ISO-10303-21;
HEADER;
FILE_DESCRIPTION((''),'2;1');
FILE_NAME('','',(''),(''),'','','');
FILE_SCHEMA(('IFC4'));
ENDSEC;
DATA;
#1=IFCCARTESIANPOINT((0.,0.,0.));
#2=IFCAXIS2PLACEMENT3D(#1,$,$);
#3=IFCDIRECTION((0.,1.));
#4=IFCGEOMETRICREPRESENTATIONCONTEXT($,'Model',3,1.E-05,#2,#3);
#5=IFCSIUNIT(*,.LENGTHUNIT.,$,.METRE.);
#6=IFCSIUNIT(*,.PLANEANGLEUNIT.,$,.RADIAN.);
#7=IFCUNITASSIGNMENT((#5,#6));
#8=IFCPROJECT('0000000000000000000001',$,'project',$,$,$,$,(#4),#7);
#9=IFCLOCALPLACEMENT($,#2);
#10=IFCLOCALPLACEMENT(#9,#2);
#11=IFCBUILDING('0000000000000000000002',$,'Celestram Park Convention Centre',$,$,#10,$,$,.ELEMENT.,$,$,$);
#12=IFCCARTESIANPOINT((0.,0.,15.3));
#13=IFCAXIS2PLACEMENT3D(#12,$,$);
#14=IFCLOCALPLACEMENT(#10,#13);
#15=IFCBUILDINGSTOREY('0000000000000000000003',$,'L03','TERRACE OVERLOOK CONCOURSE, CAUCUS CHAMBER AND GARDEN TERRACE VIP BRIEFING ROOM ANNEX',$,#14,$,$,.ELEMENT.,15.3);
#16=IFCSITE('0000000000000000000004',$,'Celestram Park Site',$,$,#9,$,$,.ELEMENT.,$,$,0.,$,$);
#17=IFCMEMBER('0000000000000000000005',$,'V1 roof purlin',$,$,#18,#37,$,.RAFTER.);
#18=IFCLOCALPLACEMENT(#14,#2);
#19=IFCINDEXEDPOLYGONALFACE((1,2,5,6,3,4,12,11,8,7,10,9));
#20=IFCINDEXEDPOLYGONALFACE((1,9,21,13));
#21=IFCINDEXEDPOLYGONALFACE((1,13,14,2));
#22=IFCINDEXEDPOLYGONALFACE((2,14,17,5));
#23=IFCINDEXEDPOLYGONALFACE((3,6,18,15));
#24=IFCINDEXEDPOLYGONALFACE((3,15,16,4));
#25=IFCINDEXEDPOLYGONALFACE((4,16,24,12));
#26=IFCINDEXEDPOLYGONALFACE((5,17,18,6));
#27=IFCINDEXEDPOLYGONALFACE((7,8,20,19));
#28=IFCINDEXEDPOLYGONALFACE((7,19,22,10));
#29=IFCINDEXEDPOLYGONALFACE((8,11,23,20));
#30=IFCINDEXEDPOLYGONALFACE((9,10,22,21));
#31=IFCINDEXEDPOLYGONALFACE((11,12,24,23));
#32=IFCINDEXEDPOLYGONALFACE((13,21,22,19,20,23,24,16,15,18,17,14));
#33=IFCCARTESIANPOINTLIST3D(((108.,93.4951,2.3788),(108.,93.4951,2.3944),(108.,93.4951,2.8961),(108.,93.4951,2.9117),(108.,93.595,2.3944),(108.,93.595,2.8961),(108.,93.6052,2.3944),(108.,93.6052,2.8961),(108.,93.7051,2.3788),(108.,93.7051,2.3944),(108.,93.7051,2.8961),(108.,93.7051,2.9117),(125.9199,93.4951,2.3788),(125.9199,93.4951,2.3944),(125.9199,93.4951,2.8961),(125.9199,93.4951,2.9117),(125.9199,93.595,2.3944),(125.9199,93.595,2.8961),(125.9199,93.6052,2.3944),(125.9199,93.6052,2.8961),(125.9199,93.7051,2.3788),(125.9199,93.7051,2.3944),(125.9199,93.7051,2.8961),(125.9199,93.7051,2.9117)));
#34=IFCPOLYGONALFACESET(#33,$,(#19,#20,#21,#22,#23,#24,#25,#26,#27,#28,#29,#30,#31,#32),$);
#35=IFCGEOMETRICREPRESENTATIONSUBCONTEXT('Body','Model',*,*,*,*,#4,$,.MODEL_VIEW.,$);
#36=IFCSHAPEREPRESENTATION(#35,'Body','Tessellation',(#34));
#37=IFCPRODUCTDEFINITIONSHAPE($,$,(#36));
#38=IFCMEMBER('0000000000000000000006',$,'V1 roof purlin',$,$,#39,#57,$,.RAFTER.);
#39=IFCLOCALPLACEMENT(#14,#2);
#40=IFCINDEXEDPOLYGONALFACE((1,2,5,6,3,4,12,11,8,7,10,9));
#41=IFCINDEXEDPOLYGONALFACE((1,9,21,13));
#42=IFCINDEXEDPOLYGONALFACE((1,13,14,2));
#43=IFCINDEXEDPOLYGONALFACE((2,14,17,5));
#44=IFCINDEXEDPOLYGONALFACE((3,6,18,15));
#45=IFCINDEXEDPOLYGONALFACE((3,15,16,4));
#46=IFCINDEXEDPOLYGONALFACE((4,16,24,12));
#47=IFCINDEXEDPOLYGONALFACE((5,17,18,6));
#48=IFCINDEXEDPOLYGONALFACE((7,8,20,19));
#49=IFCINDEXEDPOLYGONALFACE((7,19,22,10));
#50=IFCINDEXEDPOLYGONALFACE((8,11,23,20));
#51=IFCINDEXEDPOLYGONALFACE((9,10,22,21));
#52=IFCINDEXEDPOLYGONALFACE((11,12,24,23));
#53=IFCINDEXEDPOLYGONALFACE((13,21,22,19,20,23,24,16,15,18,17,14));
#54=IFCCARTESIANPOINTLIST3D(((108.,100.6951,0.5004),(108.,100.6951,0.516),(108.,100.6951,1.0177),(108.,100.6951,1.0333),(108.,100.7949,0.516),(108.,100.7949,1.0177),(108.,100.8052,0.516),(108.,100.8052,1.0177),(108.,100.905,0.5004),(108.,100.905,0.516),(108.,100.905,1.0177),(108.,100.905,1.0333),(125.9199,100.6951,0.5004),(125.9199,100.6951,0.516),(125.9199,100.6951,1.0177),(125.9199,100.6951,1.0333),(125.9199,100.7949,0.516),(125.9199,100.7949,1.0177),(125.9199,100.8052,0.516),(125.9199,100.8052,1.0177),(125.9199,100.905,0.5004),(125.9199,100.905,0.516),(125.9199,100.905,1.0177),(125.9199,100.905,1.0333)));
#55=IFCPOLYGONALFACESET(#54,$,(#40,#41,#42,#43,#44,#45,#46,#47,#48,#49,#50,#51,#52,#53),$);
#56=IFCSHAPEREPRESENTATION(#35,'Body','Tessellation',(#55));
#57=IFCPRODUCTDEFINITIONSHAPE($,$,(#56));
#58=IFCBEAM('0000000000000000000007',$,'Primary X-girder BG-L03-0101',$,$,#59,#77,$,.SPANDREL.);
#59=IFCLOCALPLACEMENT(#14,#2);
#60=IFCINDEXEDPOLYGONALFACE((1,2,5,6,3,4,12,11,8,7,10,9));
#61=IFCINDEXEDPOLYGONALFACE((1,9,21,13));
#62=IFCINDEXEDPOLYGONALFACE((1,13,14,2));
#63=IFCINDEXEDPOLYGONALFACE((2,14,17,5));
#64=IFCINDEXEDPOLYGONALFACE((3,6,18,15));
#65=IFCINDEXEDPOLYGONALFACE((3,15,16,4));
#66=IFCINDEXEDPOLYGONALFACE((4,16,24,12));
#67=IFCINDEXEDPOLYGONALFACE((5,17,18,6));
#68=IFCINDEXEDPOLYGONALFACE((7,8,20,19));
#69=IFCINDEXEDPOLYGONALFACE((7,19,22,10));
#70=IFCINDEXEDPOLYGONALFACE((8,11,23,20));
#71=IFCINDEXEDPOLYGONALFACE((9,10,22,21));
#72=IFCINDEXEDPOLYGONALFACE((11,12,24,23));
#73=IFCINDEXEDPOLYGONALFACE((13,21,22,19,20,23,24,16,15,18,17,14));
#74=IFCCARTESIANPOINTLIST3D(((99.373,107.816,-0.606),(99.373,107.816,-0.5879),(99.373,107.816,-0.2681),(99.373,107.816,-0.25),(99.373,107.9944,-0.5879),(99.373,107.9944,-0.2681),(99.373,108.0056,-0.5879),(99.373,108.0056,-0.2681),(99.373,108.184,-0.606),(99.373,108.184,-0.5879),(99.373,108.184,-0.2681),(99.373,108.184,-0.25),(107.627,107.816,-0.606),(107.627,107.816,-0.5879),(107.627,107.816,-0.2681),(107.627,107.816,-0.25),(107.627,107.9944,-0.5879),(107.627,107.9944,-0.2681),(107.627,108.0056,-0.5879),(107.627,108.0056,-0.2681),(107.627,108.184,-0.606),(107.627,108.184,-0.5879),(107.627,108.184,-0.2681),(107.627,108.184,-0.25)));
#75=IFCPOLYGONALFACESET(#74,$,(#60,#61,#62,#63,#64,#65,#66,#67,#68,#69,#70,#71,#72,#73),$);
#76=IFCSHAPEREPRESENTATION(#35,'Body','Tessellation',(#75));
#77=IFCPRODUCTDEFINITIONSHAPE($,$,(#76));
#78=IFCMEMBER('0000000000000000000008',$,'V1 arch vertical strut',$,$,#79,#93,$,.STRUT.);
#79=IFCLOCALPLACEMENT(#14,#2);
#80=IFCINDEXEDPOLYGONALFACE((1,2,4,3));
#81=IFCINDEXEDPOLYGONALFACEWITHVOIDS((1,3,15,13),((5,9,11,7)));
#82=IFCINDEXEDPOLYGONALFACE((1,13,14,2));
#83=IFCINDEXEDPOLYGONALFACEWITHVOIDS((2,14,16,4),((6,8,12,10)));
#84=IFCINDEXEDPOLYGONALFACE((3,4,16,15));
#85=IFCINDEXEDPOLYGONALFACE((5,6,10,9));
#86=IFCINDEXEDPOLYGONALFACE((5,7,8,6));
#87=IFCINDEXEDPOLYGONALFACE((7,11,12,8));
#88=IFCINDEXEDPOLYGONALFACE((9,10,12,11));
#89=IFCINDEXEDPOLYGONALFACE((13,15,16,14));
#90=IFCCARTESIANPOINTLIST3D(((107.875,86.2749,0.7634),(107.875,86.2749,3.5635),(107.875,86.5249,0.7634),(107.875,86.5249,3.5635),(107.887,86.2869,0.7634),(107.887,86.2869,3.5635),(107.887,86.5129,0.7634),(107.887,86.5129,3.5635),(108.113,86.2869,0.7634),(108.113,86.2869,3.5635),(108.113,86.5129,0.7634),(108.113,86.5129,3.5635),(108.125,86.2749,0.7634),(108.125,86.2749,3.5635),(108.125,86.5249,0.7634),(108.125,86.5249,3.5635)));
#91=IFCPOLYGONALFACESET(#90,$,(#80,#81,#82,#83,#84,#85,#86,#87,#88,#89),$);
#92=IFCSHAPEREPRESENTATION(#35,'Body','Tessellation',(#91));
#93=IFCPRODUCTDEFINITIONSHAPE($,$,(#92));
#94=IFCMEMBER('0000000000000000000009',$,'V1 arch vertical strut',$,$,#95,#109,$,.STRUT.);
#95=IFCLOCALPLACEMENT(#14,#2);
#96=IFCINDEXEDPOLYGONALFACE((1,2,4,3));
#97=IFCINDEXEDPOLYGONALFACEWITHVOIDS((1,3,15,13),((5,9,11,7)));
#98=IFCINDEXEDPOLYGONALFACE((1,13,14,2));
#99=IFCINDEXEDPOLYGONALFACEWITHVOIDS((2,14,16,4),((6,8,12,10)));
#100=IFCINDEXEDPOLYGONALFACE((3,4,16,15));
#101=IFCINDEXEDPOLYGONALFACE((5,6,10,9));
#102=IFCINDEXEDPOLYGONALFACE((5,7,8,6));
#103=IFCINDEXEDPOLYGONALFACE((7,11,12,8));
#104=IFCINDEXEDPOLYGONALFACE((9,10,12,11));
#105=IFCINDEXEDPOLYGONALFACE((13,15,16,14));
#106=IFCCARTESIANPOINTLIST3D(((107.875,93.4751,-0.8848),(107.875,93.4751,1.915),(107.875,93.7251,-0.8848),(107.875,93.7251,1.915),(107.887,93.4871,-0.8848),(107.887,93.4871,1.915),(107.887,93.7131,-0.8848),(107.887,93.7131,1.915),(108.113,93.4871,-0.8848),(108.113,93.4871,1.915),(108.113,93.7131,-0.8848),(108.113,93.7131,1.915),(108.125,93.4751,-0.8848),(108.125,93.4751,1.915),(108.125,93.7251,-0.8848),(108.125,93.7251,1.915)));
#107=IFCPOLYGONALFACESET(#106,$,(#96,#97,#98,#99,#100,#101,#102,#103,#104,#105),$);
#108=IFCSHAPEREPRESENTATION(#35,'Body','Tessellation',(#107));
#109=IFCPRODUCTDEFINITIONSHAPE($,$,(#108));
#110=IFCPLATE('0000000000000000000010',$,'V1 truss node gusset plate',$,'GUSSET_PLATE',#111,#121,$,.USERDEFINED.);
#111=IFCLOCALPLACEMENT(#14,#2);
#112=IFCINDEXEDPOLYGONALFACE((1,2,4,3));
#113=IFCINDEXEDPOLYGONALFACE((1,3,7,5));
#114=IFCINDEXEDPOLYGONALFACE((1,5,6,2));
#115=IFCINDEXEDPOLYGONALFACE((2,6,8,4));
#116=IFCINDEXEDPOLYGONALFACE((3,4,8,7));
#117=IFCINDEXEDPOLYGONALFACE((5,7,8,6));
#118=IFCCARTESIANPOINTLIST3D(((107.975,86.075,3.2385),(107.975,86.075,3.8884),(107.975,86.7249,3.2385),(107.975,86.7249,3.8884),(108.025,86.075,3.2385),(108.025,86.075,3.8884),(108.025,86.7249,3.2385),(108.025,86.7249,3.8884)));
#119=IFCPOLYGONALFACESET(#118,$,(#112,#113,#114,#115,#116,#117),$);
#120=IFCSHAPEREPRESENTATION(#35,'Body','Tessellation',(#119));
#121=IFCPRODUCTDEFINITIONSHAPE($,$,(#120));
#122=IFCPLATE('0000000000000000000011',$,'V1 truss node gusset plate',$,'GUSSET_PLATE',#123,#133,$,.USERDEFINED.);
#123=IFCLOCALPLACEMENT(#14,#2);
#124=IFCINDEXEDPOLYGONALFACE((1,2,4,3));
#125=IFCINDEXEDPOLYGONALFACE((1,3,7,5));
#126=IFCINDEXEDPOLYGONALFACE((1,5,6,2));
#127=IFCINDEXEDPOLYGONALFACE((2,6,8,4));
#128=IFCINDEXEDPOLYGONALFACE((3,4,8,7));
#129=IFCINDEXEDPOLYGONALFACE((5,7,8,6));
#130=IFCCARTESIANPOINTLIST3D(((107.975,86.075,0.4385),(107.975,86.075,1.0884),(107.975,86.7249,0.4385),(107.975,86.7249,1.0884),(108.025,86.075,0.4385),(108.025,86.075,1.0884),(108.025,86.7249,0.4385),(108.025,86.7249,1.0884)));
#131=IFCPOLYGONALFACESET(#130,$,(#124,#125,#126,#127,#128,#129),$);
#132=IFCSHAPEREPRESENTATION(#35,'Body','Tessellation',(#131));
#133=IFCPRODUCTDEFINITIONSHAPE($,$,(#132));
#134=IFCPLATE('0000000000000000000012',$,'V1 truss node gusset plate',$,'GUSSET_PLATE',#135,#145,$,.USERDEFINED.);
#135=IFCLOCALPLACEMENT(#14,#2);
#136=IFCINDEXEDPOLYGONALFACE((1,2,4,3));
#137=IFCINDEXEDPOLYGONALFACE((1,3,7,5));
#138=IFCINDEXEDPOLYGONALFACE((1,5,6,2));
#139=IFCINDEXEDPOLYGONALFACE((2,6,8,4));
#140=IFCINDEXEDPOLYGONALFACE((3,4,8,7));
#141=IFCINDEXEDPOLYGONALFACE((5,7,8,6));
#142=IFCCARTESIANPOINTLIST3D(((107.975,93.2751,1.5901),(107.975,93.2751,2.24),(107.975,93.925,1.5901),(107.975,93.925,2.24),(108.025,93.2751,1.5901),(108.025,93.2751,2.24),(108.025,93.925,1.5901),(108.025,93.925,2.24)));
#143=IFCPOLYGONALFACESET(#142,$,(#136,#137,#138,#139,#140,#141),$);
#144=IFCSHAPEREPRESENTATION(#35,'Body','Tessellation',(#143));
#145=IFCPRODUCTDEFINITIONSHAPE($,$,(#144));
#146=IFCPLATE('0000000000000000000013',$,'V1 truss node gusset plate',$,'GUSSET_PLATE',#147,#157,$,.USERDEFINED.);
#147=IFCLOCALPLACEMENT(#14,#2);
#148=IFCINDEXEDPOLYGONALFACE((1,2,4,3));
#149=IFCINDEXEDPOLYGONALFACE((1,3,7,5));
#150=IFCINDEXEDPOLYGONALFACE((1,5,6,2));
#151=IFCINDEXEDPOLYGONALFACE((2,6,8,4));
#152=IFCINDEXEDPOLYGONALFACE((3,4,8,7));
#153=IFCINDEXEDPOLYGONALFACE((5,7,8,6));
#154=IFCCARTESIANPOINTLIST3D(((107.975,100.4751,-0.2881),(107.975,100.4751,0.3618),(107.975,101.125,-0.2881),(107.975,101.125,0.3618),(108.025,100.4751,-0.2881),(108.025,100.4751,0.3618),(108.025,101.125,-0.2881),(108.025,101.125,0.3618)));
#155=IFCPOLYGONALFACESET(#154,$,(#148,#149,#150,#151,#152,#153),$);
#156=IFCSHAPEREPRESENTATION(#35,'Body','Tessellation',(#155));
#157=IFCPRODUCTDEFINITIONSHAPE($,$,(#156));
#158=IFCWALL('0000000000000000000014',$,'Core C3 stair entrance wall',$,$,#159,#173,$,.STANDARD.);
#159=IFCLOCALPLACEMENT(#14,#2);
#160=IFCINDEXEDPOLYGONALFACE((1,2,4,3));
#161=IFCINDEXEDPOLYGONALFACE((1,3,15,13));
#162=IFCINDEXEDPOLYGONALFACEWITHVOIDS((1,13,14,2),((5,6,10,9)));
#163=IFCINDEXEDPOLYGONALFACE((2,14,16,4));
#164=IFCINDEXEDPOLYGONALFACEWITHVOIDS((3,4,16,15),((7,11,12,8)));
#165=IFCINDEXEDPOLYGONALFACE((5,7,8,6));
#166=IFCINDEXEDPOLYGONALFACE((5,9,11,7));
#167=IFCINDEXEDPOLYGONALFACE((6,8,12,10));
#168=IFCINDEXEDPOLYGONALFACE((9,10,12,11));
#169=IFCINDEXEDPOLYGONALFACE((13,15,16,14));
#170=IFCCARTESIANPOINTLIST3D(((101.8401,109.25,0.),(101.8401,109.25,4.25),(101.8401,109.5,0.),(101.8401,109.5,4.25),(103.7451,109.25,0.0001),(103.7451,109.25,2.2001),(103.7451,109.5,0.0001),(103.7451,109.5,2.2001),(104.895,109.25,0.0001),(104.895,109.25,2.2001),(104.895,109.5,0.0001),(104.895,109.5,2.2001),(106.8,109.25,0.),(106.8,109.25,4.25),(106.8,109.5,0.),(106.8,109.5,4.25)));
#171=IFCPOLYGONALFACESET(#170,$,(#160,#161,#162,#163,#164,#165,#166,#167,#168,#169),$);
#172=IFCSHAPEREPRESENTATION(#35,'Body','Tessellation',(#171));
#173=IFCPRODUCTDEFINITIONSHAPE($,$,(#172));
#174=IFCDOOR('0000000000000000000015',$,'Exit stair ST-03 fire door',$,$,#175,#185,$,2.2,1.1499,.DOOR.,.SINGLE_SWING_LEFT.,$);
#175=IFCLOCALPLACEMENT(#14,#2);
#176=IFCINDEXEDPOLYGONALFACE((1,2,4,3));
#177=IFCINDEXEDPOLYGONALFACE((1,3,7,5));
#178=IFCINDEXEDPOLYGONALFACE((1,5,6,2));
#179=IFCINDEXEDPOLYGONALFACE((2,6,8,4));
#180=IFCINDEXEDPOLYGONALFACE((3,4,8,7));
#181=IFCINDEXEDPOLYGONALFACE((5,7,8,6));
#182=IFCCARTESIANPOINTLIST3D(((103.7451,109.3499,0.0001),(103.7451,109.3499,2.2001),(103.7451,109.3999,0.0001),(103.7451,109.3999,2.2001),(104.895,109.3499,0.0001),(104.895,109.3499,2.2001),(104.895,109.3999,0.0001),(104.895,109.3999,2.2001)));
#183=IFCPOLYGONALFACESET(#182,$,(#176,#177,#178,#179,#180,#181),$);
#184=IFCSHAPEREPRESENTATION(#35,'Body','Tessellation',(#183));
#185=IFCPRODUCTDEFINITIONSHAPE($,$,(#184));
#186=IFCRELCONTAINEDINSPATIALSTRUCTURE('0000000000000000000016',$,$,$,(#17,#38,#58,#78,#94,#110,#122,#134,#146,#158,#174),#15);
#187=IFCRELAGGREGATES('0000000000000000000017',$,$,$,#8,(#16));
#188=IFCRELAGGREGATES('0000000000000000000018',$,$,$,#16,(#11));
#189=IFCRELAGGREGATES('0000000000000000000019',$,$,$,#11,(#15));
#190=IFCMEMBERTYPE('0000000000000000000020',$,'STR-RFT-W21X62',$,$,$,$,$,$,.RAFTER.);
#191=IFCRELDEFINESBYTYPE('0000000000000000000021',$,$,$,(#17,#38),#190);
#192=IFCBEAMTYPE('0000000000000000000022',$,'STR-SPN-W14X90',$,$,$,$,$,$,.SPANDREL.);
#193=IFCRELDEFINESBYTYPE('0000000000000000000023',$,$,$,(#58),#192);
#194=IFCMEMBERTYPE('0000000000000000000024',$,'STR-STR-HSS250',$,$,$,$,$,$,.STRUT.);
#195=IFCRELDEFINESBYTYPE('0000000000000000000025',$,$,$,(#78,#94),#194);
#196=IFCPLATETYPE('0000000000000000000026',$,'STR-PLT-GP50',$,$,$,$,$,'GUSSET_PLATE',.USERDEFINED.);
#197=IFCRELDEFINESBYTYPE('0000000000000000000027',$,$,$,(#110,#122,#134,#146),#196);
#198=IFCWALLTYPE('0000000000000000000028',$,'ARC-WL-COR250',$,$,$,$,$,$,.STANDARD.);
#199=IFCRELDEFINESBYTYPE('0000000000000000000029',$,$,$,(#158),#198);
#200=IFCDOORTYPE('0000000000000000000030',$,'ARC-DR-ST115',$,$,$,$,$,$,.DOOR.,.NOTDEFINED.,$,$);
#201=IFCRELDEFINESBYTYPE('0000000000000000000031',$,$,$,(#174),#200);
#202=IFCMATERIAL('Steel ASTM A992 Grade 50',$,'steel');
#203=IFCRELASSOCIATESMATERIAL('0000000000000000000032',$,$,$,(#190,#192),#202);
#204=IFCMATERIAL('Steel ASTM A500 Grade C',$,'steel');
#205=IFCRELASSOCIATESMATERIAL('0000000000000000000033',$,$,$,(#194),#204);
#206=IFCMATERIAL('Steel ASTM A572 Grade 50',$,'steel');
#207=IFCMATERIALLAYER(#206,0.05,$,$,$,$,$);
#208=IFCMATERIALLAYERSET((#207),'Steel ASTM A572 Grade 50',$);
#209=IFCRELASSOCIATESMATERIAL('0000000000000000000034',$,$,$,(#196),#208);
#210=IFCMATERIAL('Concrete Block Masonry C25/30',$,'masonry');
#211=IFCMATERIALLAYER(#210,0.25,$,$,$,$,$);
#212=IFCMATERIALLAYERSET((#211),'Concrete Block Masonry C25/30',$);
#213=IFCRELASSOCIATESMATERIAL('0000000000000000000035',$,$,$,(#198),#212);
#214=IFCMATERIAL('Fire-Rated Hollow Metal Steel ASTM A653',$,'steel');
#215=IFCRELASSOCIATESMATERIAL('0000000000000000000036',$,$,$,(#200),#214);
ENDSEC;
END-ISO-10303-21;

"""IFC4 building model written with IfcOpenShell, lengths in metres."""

from ifc_helpers import new_model, si_unit, direction, frame, frame_2d, origin, origin_2d, place, context, subcontext, project, spatial, rectangle, hollow_rectangle, i_section, extrude, material, layer, layer_set, material_profile, profile_set, type_object, element, fill, save


model = new_model("IFC4")

# Units and contexts
model_context = context("Model", 3, precision=1e-05, world=origin(), true_north=direction((0.0, 1.0)))
body_context = subcontext(model_context, "Body", "Model", "MODEL_VIEW")
ifc_project = project(units=[si_unit("LENGTHUNIT", "METRE"), si_unit("PLANEANGLEUNIT", "RADIAN")], contexts=[model_context])

# Site, building, storey
site_placement = place(None, origin())
site = spatial("IfcSite", under=ifc_project, at=site_placement, Name="Celestram Park Site", CompositionType="ELEMENT", RefElevation=0.0)
building_placement = place(site_placement, origin())
building = spatial("IfcBuilding", under=site, at=building_placement, Name="Celestram Park Convention Centre", CompositionType="ELEMENT")
storey_placement = place(building_placement, frame((0.0, 0.0, 15.3)))
storey = spatial("IfcBuildingStorey", under=building, at=storey_placement, Name="L03", Description="TERRACE OVERLOOK CONCOURSE, CAUCUS CHAMBER AND GARDEN TERRACE VIP BRIEFING ROOM ANNEX", CompositionType="ELEMENT", Elevation=15.3)

# Shared definitions
ifc_material_1 = material(Name="Steel ASTM A992 Grade 50", Category="steel")

# Members
ifc_material_2 = material(Name="Steel ASTM A500 Grade C", Category="steel")
ifc_material_profile_1 = material_profile(ifc_material_1, i_section(OverallWidth=0.21, OverallDepth=0.533, WebThickness=0.0103, FlangeThickness=0.0156, at=origin_2d()), Name="W21X62")
ifc_profile_set_1 = profile_set([ifc_material_profile_1], Name="Steel ASTM A992 Grade 50")
member_type_1 = type_object("IfcMemberType", Name="STR-RFT-W21X62", PredefinedType="RAFTER", material=ifc_profile_set_1)
for number, where, z_axis, x_axis, name in (
    (1, (108.0, 93.6001, 2.6453), (1.0, 0.0, 0.0), (0.0, 1.0, 0.0), "V1 roof purlin"),
    (2, (108.0, 100.8, 0.7668), (1.0, 0.0, 0.0), (0.0, 1.0, 0.0), "V1 roof purlin"),
):
    element("IfcMember", number, at=place(storey_placement, frame(where, z_axis=z_axis, x_axis=x_axis)), inside=storey, type_object=member_type_1, Name=name, PredefinedType="RAFTER", context=body_context, shape_type="SweptSolid", body=[
        extrude(i_section(OverallWidth=0.21, OverallDepth=0.533, WebThickness=0.0103, FlangeThickness=0.0156, at=origin_2d()), origin(), (0.0, 0.0, 1.0), 17.9199),
    ])

# Beam
ifc_material_profile_2 = material_profile(ifc_material_1, i_section(OverallWidth=0.3679, OverallDepth=0.356, WebThickness=0.0112, FlangeThickness=0.0181, at=origin_2d()), Name="W14X90")
ifc_profile_set_2 = profile_set([ifc_material_profile_2], Name="Steel ASTM A992 Grade 50")
beam_type_1 = type_object("IfcBeamType", Name="STR-SPN-W14X90", PredefinedType="SPANDREL", material=ifc_profile_set_2)
beam_placement = place(storey_placement, frame((99.373, 108.0, -0.428), z_axis=(1.0, 0.0, 0.0), x_axis=(0.0, 1.0, 0.0)))
element("IfcBeam", 3, at=beam_placement, inside=storey, type_object=beam_type_1, Name="Primary X-girder BG-L03-0101", PredefinedType="SPANDREL", context=body_context, shape_type="SweptSolid", body=[
    extrude(i_section(OverallWidth=0.3679, OverallDepth=0.356, WebThickness=0.0112, FlangeThickness=0.0181, at=origin_2d()), origin(), (0.0, 0.0, 1.0), 8.2539),
])

# Members
ifc_material_profile_3 = material_profile(ifc_material_2, hollow_rectangle(XDim=0.25, YDim=0.25, WallThickness=0.012, at=origin_2d()), Name="HSS250X250X12")
ifc_profile_set_3 = profile_set([ifc_material_profile_3], Name="Steel ASTM A500 Grade C")
member_type_2 = type_object("IfcMemberType", Name="STR-STR-HSS250", PredefinedType="STRUT", material=ifc_profile_set_3)
member_1_placement = place(storey_placement, frame((108.0, 86.3999, 0.7634), z_axis=(0.0, 0.0, 1.0), x_axis=(1.0, 0.0, 0.0)))
element("IfcMember", 4, at=member_1_placement, inside=storey, type_object=member_type_2, Name="V1 arch vertical strut", PredefinedType="STRUT", context=body_context, shape_type="SweptSolid", body=[
    extrude(hollow_rectangle(XDim=0.25, YDim=0.25, WallThickness=0.012, at=origin_2d()), origin(), (0.0, 0.0, 1.0), 2.8),
])
member_2_placement = place(storey_placement, frame((108.0, 93.6001, -0.8848), z_axis=(0.0, 0.0, 1.0), x_axis=(1.0, 0.0, 0.0)))
element("IfcMember", 5, at=member_2_placement, inside=storey, type_object=member_type_2, Name="V1 arch vertical strut", PredefinedType="STRUT", context=body_context, shape_type="SweptSolid", body=[
    extrude(hollow_rectangle(XDim=0.25, YDim=0.25, WallThickness=0.012, at=origin_2d()), origin(), (0.0, 0.0, 1.0), 2.7998),
])

# Plates
ifc_material_3 = material(Name="Steel ASTM A572 Grade 50", Category="steel")
ifc_layer_1 = layer(ifc_material_3, 0.05)
ifc_layer_set_1 = layer_set([ifc_layer_1], Name="Steel ASTM A572 Grade 50")
plate_type = type_object("IfcPlateType", Name="STR-PLT-GP50", ElementType="GUSSET_PLATE", PredefinedType="USERDEFINED", material=ifc_layer_set_1)
for number, where, z_axis, x_axis, name in (
    (6, (108.0, 86.3999, 3.2385), (0.0, 0.0, 1.0), (0.0, 1.0, 0.0), "V1 truss node gusset plate"),
    (7, (108.0, 86.3999, 0.4385), (0.0, 0.0, 1.0), (0.0, 1.0, 0.0), "V1 truss node gusset plate"),
    (8, (108.0, 93.6001, 1.5901), (0.0, 0.0, 1.0), (0.0, 1.0, 0.0), "V1 truss node gusset plate"),
    (9, (108.0, 100.8, -0.2881), (0.0, 0.0, 1.0), (0.0, 1.0, 0.0), "V1 truss node gusset plate"),
):
    element("IfcPlate", number, at=place(storey_placement, frame(where, z_axis=z_axis, x_axis=x_axis)), inside=storey, type_object=plate_type, Name=name, ObjectType="GUSSET_PLATE", PredefinedType="USERDEFINED", context=body_context, shape_type="SweptSolid", body=[
        extrude(rectangle(XDim=0.6499, YDim=0.05, at=origin_2d()), origin(), (0.0, 0.0, 1.0), 0.6499),
    ])

# Wall, opening, door
ifc_material_4 = material(Name="Concrete Block Masonry C25/30", Category="masonry")
ifc_layer_2 = layer(ifc_material_4, 0.25)
ifc_layer_set_2 = layer_set([ifc_layer_2], Name="Concrete Block Masonry C25/30")
wall_type_1 = type_object("IfcWallType", Name="ARC-WL-COR250", PredefinedType="STANDARD", material=ifc_layer_set_2)
wall_1_placement = place(storey_placement, frame((101.8401, 109.375, 0.0), z_axis=(0.0, 0.0, 1.0), x_axis=(1.0, 0.0, 0.0)))
wall_1 = element("IfcWall", 10, at=wall_1_placement, inside=storey, type_object=wall_type_1, Name="Core C3 stair entrance wall", PredefinedType="STANDARD", context=body_context, shape_type="SweptSolid", body=[
    extrude(rectangle(XDim=4.96, YDim=0.25, at=frame_2d((2.48, 0.0))), origin(), (0.0, 0.0, 1.0), 4.25),
])
opening_placement = place(wall_1_placement, frame((1.905, 0.0, 0.0)))
opening = element("IfcOpeningElement", 11, at=opening_placement, cuts=wall_1, PredefinedType="OPENING", context=body_context, shape_type="SweptSolid", body=[
    extrude(rectangle(XDim=1.1499, YDim=2.2, at=frame_2d((0.575, 1.1001))), frame((0.0, 0.135, 0.0), z_axis=(0.0, -1.0, 0.0), x_axis=(1.0, 0.0, 0.0)), (0.0, 0.0, 1.0), 0.27),
])
ifc_material_5 = material(Name="Fire-Rated Hollow Metal Steel ASTM A653", Category="steel")
door_type = type_object("IfcDoorType", Name="ARC-DR-ST115", OperationType="NOTDEFINED", PredefinedType="DOOR", material=ifc_material_5)
door_placement = place(opening_placement, origin())
door = element("IfcDoor", 12, at=door_placement, inside=storey, type_object=door_type, Name="Exit stair ST-03 fire door", OperationType="SINGLE_SWING_LEFT", OverallHeight=2.2, OverallWidth=1.1499, PredefinedType="DOOR", context=body_context, shape_type="SweptSolid", body=[
    extrude(rectangle(XDim=1.1499, YDim=2.2, at=frame_2d((0.575, 1.1001))), frame((0.0, 0.0249, 0.0), z_axis=(0.0, -1.0, 0.0), x_axis=(1.0, 0.0, 0.0)), (0.0, 0.0, 1.0), 0.05),
])
fill(opening, door)

save(model, "model.ifc")
